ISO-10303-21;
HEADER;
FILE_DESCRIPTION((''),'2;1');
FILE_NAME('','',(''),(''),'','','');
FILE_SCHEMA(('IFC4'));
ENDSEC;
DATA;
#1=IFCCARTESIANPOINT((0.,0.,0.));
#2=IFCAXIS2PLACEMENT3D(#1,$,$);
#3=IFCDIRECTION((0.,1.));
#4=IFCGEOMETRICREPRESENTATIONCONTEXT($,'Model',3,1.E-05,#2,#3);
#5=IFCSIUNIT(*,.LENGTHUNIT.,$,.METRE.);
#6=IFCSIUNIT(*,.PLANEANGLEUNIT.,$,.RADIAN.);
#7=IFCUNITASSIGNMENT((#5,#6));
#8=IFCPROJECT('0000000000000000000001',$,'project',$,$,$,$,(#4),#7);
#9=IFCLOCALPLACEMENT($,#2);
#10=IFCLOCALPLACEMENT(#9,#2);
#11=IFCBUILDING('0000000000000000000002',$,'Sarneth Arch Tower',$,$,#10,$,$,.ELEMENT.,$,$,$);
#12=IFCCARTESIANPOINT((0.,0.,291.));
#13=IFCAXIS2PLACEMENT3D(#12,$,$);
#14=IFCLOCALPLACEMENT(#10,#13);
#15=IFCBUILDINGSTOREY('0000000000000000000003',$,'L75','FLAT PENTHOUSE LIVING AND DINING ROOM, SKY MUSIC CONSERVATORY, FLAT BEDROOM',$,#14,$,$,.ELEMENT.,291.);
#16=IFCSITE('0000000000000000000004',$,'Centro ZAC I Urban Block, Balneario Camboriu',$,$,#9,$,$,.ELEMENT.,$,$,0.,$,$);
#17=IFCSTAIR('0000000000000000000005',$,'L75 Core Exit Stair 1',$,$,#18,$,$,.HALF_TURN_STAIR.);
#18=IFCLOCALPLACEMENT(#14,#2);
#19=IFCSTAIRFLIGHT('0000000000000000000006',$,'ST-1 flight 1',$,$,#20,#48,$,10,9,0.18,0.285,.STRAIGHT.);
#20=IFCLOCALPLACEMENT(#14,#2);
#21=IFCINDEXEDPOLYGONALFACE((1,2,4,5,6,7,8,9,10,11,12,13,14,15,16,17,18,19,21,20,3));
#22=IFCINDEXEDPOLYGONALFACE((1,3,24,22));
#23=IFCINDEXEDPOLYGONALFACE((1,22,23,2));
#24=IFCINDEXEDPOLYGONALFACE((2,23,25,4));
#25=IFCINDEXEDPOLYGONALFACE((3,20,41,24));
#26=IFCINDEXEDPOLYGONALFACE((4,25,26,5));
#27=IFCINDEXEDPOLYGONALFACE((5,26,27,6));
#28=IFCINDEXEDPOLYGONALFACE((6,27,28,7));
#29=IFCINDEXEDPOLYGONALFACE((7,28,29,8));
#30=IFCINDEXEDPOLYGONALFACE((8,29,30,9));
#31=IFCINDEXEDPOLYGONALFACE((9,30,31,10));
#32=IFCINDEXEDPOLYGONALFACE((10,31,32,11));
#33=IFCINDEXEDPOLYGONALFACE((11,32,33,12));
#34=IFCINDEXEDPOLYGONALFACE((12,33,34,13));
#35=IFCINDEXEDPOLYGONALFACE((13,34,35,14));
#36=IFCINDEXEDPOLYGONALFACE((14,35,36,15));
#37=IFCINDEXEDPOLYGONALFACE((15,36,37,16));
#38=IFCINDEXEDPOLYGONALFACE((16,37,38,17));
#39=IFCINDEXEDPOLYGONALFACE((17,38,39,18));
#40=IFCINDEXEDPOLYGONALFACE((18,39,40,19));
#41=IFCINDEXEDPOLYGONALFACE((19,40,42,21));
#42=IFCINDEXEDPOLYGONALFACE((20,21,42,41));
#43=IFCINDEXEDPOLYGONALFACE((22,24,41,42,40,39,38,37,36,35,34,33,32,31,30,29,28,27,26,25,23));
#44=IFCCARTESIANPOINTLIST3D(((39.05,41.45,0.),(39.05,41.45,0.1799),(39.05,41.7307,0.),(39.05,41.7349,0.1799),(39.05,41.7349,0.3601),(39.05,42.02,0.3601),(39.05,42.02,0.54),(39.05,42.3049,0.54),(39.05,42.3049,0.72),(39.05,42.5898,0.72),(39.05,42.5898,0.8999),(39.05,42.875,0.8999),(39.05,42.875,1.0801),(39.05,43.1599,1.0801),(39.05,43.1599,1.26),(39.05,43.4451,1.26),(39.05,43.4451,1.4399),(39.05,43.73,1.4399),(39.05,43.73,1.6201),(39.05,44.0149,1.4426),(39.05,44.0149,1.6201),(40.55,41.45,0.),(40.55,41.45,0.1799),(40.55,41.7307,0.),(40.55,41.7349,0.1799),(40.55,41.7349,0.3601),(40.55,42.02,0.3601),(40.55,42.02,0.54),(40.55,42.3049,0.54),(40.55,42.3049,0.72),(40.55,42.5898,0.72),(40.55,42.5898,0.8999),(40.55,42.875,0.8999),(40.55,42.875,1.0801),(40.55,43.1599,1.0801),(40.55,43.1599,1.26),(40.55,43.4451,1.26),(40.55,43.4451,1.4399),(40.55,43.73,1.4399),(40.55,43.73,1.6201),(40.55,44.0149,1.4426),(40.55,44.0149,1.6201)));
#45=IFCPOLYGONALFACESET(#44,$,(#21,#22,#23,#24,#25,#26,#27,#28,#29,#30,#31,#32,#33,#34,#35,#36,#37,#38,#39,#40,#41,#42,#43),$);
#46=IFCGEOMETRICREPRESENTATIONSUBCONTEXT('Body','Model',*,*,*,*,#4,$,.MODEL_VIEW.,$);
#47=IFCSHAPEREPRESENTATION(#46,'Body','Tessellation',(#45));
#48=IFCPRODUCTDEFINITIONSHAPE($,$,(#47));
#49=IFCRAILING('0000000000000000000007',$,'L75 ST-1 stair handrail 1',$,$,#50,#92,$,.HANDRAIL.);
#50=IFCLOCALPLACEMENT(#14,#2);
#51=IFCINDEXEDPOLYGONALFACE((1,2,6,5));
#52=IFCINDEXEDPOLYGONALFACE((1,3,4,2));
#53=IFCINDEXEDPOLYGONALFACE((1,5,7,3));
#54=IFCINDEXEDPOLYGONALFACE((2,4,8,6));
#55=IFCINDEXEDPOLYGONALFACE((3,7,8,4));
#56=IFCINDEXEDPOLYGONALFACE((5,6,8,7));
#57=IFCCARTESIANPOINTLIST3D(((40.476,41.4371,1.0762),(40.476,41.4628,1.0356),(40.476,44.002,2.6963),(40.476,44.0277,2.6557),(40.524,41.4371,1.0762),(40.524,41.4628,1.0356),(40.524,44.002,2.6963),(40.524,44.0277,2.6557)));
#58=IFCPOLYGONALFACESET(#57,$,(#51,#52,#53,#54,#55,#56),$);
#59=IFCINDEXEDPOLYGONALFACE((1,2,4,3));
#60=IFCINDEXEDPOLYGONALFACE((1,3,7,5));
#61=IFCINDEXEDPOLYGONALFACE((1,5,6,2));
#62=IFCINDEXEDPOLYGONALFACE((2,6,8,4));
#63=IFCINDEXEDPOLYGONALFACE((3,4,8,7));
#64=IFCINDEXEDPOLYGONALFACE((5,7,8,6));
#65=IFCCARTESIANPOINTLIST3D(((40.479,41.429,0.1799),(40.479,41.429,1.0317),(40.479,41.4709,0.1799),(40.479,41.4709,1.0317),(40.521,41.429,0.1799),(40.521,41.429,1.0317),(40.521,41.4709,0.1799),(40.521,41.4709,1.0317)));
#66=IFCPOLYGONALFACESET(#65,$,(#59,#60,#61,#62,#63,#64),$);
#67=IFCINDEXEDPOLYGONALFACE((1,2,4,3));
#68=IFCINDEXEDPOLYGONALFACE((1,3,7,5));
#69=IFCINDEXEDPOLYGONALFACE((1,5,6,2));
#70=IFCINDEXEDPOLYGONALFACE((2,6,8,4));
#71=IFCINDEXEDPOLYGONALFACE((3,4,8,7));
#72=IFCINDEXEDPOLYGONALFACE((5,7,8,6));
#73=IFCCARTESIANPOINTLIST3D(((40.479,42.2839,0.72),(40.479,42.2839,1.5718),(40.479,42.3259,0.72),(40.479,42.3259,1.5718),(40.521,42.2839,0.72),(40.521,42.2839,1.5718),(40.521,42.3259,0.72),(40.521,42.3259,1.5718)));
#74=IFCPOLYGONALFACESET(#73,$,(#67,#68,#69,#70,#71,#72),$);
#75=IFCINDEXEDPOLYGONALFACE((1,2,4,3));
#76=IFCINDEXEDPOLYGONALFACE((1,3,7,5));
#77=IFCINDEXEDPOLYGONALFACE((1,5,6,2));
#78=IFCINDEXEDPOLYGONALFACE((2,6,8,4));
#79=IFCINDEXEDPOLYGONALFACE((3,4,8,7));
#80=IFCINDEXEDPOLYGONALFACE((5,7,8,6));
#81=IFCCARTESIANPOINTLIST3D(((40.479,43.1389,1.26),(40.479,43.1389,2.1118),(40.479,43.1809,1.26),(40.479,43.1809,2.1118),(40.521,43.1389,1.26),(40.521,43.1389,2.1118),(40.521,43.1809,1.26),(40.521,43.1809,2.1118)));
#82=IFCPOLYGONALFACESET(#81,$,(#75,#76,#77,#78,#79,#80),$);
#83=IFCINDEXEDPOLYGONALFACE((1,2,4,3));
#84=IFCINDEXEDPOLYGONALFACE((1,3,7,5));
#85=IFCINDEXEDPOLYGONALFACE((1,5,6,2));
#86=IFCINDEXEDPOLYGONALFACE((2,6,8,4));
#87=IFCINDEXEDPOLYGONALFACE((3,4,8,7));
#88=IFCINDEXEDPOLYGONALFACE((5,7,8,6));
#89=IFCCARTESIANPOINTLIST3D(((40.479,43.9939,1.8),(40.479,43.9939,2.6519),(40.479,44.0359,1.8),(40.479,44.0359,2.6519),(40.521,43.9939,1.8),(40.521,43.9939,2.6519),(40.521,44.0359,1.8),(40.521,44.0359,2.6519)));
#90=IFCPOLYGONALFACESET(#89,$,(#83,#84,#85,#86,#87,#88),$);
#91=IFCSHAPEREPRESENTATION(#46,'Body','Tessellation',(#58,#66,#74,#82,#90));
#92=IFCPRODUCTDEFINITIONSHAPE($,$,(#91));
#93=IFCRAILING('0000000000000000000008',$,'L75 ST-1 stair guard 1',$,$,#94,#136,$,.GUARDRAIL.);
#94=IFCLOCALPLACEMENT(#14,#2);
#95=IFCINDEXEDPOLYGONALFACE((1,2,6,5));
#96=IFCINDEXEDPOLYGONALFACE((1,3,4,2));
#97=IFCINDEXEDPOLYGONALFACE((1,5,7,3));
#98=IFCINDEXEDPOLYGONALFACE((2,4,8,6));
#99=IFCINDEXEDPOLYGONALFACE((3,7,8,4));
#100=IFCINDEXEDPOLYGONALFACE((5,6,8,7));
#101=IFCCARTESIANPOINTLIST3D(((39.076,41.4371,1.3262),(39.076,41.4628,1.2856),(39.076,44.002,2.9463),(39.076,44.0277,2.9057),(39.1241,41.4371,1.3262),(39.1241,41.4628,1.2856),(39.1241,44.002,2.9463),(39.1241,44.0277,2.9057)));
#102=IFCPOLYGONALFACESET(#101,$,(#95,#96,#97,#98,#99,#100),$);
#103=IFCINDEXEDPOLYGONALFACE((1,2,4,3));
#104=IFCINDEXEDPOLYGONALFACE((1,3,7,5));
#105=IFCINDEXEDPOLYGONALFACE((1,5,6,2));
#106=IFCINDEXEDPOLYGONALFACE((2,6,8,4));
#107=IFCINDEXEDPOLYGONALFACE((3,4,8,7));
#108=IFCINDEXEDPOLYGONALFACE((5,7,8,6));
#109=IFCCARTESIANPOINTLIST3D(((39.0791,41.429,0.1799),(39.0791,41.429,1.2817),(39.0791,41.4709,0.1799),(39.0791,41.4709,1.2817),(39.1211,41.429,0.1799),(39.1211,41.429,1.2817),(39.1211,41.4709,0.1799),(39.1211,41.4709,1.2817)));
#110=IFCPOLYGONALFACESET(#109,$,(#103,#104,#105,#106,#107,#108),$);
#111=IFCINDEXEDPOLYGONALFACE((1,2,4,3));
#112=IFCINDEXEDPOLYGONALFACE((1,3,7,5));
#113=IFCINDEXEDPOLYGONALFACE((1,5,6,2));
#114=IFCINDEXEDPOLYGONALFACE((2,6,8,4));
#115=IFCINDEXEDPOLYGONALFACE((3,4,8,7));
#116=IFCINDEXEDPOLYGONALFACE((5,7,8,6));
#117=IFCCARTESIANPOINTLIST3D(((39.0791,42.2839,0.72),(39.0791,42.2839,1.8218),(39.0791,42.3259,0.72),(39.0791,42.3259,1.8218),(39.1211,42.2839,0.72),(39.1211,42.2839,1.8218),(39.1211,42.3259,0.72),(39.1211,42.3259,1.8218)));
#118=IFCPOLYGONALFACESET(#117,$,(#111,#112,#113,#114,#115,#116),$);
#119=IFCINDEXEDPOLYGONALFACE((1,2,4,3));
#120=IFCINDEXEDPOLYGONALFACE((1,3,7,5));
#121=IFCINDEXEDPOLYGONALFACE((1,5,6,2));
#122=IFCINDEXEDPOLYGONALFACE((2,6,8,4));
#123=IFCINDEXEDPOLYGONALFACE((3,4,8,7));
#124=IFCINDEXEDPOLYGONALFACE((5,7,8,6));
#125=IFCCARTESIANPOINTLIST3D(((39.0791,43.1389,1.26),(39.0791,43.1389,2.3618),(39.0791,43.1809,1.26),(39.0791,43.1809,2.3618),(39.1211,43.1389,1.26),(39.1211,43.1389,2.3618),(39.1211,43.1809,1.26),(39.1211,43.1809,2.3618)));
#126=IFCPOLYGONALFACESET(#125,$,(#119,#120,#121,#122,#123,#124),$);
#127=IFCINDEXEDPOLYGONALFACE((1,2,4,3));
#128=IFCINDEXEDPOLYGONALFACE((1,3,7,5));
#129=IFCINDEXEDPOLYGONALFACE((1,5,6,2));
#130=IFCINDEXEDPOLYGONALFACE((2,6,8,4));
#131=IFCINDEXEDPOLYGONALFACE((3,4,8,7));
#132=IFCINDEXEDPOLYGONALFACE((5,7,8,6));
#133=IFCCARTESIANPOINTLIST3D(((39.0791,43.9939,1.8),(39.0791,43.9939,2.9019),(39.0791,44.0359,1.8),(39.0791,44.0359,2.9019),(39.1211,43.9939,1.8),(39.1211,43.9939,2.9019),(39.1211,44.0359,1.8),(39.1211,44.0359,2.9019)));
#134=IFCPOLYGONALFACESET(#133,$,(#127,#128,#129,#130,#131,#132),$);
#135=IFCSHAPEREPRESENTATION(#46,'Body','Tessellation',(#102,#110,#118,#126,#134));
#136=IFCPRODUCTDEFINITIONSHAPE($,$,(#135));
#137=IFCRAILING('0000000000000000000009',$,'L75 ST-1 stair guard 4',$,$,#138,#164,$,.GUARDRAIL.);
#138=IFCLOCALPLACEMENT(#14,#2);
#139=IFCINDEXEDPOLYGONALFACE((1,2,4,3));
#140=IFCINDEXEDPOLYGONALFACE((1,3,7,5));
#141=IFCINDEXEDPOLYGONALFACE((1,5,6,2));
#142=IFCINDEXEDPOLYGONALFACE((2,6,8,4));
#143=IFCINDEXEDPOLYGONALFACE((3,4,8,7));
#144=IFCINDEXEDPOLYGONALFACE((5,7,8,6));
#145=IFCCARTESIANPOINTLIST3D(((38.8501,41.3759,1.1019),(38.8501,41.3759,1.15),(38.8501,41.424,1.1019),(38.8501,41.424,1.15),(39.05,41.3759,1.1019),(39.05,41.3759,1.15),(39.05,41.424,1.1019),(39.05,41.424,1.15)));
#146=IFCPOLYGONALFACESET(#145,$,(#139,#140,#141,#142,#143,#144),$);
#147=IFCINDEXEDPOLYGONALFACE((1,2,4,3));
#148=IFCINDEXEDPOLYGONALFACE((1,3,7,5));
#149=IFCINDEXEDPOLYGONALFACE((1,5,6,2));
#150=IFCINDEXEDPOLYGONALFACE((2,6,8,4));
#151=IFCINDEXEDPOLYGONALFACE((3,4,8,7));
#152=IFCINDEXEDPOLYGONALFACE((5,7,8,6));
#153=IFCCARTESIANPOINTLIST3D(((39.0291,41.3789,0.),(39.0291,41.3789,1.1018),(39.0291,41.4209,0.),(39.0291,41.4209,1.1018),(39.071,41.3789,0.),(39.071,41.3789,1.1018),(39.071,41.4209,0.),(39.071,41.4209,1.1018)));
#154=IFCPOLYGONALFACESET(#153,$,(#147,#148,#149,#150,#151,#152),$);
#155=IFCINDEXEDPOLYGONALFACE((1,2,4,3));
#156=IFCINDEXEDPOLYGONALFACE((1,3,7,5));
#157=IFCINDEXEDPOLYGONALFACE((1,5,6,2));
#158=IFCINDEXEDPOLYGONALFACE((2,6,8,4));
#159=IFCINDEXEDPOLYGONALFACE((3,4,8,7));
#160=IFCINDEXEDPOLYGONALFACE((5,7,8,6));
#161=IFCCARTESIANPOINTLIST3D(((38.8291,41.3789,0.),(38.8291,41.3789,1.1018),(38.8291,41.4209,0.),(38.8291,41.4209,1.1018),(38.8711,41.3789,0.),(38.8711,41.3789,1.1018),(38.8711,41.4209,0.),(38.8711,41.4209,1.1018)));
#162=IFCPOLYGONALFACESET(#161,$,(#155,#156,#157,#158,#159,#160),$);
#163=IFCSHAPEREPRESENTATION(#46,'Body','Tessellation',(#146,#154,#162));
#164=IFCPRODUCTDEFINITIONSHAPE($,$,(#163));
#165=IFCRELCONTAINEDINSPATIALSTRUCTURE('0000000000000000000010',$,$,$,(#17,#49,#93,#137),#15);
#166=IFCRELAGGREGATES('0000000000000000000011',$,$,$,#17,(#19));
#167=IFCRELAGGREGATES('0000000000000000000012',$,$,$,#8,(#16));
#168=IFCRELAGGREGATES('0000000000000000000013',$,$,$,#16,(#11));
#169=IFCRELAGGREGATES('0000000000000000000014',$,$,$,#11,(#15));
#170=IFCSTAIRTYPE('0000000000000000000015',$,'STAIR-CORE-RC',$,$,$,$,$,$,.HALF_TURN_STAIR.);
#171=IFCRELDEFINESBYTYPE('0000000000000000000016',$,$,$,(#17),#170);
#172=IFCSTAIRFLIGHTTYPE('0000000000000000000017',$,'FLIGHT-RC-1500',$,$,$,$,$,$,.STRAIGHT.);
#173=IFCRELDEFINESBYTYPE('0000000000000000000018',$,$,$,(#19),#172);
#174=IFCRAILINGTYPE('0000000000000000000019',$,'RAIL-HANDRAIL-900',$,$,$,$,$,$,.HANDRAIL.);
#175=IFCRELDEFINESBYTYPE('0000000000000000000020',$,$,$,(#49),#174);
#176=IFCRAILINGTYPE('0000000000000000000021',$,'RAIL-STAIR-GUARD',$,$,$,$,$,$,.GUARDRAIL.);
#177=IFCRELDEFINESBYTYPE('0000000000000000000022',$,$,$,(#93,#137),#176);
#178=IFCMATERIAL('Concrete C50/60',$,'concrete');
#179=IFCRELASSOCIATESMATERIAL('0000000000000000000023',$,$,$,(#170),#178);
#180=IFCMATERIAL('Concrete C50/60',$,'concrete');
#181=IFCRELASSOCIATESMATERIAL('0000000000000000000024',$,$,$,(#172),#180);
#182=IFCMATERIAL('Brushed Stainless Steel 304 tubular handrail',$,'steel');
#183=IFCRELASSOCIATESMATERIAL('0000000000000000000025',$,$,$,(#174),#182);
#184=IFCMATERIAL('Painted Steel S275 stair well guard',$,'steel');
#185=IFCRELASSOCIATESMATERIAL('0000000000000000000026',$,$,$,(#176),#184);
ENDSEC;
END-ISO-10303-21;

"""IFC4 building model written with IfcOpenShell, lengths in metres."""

from ifc_helpers import new_model, si_unit, direction, frame, origin, origin_2d, place, context, subcontext, project, spatial, polyline, rectangle, outline, extrude, material, type_object, element, aggregate, save


model = new_model("IFC4")

# Units and contexts
model_context = context("Model", 3, precision=1e-05, world=origin(), true_north=direction((0.0, 1.0)))
body_context = subcontext(model_context, "Body", "Model", "MODEL_VIEW")
ifc_project = project(units=[si_unit("LENGTHUNIT", "METRE"), si_unit("PLANEANGLEUNIT", "RADIAN")], contexts=[model_context])

# Site, building, storey
site_placement = place(None, origin())
site = spatial("IfcSite", under=ifc_project, at=site_placement, Name="Centro ZAC I Urban Block, Balneario Camboriu", CompositionType="ELEMENT", RefElevation=0.0)
building_placement = place(site_placement, origin())
building = spatial("IfcBuilding", under=site, at=building_placement, Name="Sarneth Arch Tower", CompositionType="ELEMENT")
storey_placement = place(building_placement, frame((0.0, 0.0, 291.0)))
storey = spatial("IfcBuildingStorey", under=building, at=storey_placement, Name="L75", Description="FLAT PENTHOUSE LIVING AND DINING ROOM, SKY MUSIC CONSERVATORY, FLAT BEDROOM", CompositionType="ELEMENT", Elevation=291.0)

# Stair, stair flight
ifc_material_1 = material(Name="Concrete C50/60", Category="concrete")
stair_type = type_object("IfcStairType", Name="STAIR-CORE-RC", PredefinedType="HALF_TURN_STAIR", material=ifc_material_1)
stair_placement = place(storey_placement, origin())
stair = element("IfcStair", 1, at=stair_placement, inside=storey, type_object=stair_type, Name="L75 Core Exit Stair 1", PredefinedType="HALF_TURN_STAIR")
ifc_material_2 = material(Name="Concrete C50/60", Category="concrete")
stair_flight_type = type_object("IfcStairFlightType", Name="FLIGHT-RC-1500", PredefinedType="STRAIGHT", material=ifc_material_2)
stair_flight_placement = place(storey_placement, frame((39.8, 41.45, 0.0), z_axis=(0.0, 0.0, 1.0), x_axis=(0.0, 1.0, 0.0)))
stair_flight = element("IfcStairFlight", 2, at=stair_flight_placement, type_object=stair_flight_type, Name="ST-1 flight 1", NumberOfRisers=10, NumberOfTreads=9, PredefinedType="STRAIGHT", RiserHeight=0.18, TreadLength=0.285, context=body_context, shape_type="SweptSolid", body=[
    extrude(outline(polyline([(0.0, 0.0), (0.0, 0.1799), (0.2849, 0.1799), (0.2849, 0.3601), (0.5701, 0.3601), (0.5701, 0.54), (0.855, 0.54), (0.855, 0.72), (1.1399, 0.72), (1.1399, 0.8999), (1.425, 0.8999), (1.425, 1.0801), (1.71, 1.0801), (1.71, 1.26), (1.9951, 1.26), (1.9951, 1.4399), (2.28, 1.4399), (2.28, 1.6201), (2.5649, 1.6201), (2.5649, 1.8), (2.5649, 1.4426), (0.2808, 0.0), (0.0, 0.0)])), frame((0.0, 0.75, 0.0), z_axis=(0.0, -1.0, 0.0), x_axis=(1.0, 0.0, 0.0)), (0.0, 0.0, 1.0), 1.5),
])
aggregate(stair, [stair_flight])

# Railings
ifc_material_3 = material(Name="Brushed Stainless Steel 304 tubular handrail", Category="steel")
railing_type_1 = type_object("IfcRailingType", Name="RAIL-HANDRAIL-900", PredefinedType="HANDRAIL", material=ifc_material_3)
railing_1_placement = place(storey_placement, frame((40.5, 41.45, 0.1799)))
element("IfcRailing", 3, at=railing_1_placement, inside=storey, type_object=railing_type_1, Name="L75 ST-1 stair handrail 1", PredefinedType="HANDRAIL", context=body_context, shape_type="SweptSolid", body=[
    extrude(rectangle(XDim=0.0481, YDim=0.0481, at=origin_2d()), frame((0.0, 0.0, 0.876), z_axis=(0.0, 0.845466, 0.534029), x_axis=(-1.0, 0.0, 0.0)), (0.0, 0.0, 1.0), 3.0337),
    extrude(rectangle(XDim=0.042, YDim=0.042, at=origin_2d()), origin(), (0.0, 0.0, 1.0), 0.8518),
    extrude(rectangle(XDim=0.042, YDim=0.042, at=origin_2d()), frame((0.0, 0.855, 0.54)), (0.0, 0.0, 1.0), 0.8518),
    extrude(rectangle(XDim=0.042, YDim=0.042, at=origin_2d()), frame((0.0, 1.71, 1.0801)), (0.0, 0.0, 1.0), 0.8518),
    extrude(rectangle(XDim=0.042, YDim=0.042, at=origin_2d()), frame((0.0, 2.5649, 1.6201)), (0.0, 0.0, 1.0), 0.8518),
])
ifc_material_4 = material(Name="Painted Steel S275 stair well guard", Category="steel")
railing_type_2 = type_object("IfcRailingType", Name="RAIL-STAIR-GUARD", PredefinedType="GUARDRAIL", material=ifc_material_4)
railing_2_placement = place(storey_placement, frame((39.1001, 41.45, 0.1799)))
element("IfcRailing", 4, at=railing_2_placement, inside=storey, type_object=railing_type_2, Name="L75 ST-1 stair guard 1", PredefinedType="GUARDRAIL", context=body_context, shape_type="SweptSolid", body=[
    extrude(rectangle(XDim=0.0481, YDim=0.0481, at=origin_2d()), frame((0.0, 0.0, 1.126), z_axis=(0.0, 0.845466, 0.534029), x_axis=(-1.0, 0.0, 0.0)), (0.0, 0.0, 1.0), 3.0337),
    extrude(rectangle(XDim=0.042, YDim=0.042, at=origin_2d()), origin(), (0.0, 0.0, 1.0), 1.1018),
    extrude(rectangle(XDim=0.042, YDim=0.042, at=origin_2d()), frame((0.0, 0.855, 0.54)), (0.0, 0.0, 1.0), 1.1018),
    extrude(rectangle(XDim=0.042, YDim=0.042, at=origin_2d()), frame((0.0, 1.71, 1.0801)), (0.0, 0.0, 1.0), 1.1018),
    extrude(rectangle(XDim=0.042, YDim=0.042, at=origin_2d()), frame((0.0, 2.5649, 1.6201)), (0.0, 0.0, 1.0), 1.1018),
])
railing_3_placement = place(storey_placement, frame((39.05, 41.3999, 0.0)))
element("IfcRailing", 5, at=railing_3_placement, inside=storey, type_object=railing_type_2, Name="L75 ST-1 stair guard 4", PredefinedType="GUARDRAIL", context=body_context, shape_type="SweptSolid", body=[
    extrude(rectangle(XDim=0.0481, YDim=0.0481, at=origin_2d()), frame((0.0, 0.0, 1.126), z_axis=(-1.0, 0.0, 0.0), x_axis=(0.0, -1.0, 0.0)), (0.0, 0.0, 1.0), 0.2),
    extrude(rectangle(XDim=0.042, YDim=0.042, at=origin_2d()), origin(), (0.0, 0.0, 1.0), 1.1018),
    extrude(rectangle(XDim=0.042, YDim=0.042, at=origin_2d()), frame((-0.2, 0.0, 0.0)), (0.0, 0.0, 1.0), 1.1018),
])

save(model, "model.ifc")
